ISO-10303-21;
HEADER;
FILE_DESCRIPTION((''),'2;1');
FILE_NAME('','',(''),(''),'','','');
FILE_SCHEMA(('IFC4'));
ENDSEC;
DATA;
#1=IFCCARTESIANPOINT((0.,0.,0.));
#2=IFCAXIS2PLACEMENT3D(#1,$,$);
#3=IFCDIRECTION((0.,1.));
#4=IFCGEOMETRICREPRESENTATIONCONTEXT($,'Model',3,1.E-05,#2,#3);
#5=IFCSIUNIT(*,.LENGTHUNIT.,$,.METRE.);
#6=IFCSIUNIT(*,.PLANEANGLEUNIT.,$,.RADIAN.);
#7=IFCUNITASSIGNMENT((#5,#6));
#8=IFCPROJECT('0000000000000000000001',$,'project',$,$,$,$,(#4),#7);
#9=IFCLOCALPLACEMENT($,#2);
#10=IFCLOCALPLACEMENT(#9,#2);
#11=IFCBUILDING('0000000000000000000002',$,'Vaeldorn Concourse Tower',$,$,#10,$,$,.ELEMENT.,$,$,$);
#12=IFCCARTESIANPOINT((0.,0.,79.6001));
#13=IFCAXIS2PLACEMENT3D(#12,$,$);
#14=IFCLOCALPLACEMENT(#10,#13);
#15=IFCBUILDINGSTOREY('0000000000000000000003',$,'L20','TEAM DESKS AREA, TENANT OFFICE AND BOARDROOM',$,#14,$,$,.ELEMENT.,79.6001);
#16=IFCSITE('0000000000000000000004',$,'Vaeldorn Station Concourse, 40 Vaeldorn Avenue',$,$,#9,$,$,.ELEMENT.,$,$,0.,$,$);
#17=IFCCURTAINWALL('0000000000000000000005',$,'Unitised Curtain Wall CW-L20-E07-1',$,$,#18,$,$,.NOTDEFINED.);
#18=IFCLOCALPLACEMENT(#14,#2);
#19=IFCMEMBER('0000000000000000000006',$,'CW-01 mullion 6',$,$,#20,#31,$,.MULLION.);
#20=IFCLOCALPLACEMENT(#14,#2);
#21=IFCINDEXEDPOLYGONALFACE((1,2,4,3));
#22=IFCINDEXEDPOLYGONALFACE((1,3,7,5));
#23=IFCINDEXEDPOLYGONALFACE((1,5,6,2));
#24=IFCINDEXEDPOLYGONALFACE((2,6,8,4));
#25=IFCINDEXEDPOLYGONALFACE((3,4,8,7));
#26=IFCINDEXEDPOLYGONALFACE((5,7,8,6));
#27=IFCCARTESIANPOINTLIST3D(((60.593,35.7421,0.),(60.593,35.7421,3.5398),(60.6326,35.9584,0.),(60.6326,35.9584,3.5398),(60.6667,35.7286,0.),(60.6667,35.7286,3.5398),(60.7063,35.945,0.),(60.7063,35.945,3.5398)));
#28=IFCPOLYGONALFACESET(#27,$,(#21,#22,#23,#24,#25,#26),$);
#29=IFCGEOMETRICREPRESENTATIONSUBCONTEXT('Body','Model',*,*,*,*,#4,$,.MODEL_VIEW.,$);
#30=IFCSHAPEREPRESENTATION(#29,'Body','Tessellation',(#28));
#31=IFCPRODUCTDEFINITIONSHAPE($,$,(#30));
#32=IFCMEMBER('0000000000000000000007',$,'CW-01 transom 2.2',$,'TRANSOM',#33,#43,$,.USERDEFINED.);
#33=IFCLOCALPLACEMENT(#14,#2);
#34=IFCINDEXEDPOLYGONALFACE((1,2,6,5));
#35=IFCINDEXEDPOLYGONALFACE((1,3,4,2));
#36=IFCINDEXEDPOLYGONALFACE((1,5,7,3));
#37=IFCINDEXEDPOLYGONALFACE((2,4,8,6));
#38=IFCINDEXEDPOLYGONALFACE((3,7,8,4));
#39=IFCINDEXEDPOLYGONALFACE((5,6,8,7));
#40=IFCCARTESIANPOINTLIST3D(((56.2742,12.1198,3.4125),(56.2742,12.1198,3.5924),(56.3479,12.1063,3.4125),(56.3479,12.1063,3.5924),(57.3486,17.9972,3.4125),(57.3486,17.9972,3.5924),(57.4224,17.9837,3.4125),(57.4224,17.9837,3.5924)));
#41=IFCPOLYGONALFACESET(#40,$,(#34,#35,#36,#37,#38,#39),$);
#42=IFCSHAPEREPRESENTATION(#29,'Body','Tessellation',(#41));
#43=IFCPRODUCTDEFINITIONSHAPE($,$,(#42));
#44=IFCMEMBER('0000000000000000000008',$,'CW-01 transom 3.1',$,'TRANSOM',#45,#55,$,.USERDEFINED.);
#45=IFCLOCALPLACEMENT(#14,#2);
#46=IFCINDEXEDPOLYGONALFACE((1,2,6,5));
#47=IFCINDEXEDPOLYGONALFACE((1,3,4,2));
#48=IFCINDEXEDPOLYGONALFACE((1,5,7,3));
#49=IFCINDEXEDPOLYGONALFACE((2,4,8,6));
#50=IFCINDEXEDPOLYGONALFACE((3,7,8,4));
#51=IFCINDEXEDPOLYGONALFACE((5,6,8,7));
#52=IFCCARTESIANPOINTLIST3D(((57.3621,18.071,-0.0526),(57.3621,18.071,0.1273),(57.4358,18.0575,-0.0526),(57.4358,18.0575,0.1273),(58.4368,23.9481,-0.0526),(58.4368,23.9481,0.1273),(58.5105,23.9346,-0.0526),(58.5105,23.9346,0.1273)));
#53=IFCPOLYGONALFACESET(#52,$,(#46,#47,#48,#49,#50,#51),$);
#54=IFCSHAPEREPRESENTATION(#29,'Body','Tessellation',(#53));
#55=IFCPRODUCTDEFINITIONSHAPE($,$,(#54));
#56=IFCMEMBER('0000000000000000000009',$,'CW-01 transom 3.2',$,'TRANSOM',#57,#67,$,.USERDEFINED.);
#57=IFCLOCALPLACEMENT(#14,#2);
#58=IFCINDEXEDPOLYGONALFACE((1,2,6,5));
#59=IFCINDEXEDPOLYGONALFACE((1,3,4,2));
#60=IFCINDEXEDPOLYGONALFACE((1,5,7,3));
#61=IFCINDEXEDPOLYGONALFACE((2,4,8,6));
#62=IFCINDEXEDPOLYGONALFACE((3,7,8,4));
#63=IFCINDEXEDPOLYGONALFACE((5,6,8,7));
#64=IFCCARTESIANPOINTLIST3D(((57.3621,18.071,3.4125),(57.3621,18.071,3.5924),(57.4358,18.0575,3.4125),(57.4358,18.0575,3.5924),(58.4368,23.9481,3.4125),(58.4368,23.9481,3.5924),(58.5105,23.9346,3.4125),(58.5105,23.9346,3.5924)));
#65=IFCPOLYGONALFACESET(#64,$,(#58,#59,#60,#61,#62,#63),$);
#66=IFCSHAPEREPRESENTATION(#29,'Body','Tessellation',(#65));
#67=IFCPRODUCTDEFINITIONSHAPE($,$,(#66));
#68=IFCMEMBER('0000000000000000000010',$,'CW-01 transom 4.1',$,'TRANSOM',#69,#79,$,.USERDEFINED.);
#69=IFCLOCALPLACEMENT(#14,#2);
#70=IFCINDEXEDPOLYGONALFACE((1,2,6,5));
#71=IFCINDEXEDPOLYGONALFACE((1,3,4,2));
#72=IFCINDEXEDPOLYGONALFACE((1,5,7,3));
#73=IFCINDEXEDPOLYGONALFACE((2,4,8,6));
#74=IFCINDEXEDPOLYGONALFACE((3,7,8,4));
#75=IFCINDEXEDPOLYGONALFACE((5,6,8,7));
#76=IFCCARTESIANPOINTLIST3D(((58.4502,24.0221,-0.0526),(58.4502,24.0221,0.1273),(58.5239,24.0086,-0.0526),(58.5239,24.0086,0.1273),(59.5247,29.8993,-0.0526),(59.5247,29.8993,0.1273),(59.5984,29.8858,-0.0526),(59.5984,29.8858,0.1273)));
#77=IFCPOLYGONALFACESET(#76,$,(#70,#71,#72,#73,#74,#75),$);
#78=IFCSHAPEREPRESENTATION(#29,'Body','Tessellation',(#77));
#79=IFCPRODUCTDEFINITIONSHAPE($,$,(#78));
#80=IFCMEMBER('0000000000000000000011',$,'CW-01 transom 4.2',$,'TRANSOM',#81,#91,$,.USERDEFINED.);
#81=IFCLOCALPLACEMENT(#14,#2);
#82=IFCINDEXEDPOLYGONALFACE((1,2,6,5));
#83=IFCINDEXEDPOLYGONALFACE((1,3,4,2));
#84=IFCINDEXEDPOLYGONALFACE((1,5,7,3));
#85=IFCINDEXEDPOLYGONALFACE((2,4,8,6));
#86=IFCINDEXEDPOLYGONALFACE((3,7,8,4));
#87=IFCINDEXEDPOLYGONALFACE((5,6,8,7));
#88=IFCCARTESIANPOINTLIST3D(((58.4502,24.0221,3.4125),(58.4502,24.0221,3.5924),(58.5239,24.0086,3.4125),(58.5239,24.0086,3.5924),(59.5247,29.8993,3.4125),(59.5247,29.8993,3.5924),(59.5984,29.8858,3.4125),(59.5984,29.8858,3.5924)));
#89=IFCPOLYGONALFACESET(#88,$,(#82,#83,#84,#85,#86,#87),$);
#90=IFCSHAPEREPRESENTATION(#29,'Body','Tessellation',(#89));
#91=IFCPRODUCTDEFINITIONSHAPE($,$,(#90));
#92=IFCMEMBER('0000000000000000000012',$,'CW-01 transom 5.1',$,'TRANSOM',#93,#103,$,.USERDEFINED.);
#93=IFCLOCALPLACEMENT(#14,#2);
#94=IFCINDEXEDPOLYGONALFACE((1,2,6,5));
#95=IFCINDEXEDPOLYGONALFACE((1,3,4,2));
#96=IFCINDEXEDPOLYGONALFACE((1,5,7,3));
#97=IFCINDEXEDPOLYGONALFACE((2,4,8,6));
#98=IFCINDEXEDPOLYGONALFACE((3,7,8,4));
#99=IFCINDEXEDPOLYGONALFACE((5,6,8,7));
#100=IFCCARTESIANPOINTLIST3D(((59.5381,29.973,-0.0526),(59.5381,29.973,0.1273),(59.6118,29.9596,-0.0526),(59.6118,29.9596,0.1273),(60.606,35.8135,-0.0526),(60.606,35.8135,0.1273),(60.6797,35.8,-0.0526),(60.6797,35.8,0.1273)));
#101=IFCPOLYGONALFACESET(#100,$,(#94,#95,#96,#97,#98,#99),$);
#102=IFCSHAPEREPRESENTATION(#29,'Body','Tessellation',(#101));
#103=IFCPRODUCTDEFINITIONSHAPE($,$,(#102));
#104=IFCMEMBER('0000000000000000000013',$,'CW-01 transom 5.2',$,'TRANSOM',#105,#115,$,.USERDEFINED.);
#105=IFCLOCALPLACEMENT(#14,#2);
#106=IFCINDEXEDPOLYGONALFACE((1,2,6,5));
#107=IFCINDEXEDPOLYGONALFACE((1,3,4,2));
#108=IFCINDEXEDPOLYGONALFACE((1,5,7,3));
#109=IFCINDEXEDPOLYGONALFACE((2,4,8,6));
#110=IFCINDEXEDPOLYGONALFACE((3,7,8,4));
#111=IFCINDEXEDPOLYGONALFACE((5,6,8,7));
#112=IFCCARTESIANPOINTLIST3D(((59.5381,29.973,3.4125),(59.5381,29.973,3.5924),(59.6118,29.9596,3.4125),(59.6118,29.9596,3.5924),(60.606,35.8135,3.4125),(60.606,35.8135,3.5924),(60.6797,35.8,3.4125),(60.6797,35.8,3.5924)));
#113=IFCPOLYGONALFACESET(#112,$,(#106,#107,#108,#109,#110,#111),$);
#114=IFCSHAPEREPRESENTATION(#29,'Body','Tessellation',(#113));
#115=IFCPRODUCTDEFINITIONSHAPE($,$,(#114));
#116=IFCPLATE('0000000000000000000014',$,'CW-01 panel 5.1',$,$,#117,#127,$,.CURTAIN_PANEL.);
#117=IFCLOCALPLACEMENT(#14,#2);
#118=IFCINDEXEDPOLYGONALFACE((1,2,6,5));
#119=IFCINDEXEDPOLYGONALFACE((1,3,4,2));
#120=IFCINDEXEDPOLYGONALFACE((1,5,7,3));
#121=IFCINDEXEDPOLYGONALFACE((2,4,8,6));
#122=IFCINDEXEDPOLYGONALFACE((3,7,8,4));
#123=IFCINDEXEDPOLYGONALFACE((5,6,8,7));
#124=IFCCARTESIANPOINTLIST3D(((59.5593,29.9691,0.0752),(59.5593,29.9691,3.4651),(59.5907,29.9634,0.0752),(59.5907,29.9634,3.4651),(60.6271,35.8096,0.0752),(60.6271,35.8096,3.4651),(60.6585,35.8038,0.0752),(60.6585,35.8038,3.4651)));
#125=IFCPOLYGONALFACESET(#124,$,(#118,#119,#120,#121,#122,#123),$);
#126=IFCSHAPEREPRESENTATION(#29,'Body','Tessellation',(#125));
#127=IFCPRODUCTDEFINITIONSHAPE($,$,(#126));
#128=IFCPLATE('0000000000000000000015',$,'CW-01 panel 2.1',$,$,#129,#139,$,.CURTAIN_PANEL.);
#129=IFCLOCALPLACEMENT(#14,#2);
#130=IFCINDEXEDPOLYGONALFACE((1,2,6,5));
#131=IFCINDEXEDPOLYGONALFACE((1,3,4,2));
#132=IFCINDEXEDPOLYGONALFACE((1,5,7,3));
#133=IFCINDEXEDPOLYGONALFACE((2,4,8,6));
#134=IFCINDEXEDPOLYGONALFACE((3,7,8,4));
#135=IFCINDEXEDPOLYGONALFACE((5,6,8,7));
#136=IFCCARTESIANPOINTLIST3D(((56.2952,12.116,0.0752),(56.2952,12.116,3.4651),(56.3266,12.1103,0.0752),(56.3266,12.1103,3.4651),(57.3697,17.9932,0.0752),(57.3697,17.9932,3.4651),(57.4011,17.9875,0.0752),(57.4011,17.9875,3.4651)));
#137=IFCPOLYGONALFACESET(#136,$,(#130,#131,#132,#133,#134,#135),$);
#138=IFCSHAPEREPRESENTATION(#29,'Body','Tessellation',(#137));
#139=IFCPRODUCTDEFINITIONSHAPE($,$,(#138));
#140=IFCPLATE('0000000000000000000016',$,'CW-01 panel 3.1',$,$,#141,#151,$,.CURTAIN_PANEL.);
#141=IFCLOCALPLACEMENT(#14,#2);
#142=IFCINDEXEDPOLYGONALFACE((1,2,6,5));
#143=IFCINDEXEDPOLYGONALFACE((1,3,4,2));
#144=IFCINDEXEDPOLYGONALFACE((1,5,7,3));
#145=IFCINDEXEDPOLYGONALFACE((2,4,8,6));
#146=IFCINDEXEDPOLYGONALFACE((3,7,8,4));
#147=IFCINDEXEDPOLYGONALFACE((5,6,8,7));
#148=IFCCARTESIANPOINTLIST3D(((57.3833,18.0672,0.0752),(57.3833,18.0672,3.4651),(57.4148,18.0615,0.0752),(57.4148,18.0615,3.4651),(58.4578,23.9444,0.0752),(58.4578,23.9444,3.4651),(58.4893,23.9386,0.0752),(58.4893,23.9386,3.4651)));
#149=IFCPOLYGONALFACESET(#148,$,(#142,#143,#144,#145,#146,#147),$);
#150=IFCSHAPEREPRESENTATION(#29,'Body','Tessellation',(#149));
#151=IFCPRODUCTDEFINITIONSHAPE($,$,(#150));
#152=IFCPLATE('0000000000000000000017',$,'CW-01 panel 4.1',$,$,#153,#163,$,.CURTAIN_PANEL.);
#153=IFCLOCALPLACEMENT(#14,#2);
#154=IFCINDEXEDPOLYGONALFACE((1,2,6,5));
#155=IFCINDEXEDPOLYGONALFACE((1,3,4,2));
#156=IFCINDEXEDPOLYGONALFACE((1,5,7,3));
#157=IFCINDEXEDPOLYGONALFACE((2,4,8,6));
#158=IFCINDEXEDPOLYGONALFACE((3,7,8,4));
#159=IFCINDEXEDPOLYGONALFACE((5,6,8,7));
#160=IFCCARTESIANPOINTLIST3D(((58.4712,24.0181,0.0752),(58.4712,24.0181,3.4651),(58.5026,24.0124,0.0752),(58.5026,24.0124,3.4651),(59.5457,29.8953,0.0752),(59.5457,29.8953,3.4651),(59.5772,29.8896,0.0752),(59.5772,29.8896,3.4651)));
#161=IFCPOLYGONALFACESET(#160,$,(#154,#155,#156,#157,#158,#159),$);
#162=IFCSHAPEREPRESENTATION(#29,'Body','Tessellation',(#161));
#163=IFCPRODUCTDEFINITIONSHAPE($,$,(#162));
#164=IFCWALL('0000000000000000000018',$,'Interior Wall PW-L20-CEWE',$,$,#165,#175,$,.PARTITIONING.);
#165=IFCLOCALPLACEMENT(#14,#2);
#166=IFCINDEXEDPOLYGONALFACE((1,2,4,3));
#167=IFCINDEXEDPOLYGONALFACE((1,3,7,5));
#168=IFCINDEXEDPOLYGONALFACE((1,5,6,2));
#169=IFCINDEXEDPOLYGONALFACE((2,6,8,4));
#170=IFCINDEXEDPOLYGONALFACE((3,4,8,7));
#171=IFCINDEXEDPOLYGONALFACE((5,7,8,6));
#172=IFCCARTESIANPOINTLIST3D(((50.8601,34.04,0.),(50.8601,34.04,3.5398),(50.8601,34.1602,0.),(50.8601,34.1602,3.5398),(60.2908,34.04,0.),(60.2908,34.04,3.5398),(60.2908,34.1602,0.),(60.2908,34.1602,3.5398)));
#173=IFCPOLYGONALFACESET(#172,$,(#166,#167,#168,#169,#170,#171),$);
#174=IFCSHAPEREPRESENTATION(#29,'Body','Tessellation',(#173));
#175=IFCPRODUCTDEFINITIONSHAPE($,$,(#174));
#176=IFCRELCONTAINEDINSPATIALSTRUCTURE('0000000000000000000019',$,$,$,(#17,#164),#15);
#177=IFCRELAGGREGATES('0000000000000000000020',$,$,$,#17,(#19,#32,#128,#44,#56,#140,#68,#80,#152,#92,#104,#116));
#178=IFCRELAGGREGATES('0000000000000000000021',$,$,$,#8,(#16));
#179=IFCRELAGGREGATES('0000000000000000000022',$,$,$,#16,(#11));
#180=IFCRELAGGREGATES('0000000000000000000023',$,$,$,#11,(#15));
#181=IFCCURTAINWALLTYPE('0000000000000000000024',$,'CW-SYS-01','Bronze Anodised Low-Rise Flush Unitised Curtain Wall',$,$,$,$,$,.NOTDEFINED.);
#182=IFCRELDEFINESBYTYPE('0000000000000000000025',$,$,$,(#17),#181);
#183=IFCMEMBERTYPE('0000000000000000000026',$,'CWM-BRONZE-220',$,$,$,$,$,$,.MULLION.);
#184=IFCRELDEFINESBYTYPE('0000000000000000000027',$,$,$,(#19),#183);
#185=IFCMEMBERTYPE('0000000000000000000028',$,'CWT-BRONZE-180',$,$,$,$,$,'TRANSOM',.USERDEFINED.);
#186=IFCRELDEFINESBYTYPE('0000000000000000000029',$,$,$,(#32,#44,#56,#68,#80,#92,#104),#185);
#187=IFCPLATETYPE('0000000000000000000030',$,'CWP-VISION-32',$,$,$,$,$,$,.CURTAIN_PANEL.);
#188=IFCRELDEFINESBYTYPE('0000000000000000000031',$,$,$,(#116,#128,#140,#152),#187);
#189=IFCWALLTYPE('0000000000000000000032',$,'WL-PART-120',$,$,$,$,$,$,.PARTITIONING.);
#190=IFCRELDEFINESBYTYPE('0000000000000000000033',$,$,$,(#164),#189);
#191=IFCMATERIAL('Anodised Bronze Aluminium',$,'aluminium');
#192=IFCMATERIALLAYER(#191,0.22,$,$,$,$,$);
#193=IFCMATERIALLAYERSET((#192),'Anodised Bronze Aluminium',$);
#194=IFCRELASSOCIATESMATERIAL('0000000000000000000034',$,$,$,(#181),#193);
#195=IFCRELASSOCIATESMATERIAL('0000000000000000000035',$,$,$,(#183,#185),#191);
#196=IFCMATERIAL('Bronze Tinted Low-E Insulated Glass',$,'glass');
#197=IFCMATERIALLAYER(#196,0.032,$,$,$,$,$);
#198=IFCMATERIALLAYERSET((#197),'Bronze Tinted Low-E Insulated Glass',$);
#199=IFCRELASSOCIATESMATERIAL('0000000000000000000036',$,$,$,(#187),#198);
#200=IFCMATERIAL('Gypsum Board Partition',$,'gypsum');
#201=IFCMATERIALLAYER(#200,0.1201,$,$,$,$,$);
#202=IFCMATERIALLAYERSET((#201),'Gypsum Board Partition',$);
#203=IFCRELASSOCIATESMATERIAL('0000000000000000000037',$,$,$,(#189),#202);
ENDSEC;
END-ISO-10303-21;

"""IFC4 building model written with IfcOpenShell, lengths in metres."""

from ifc_helpers import new_model, si_unit, direction, frame, frame_2d, origin, origin_2d, place, context, subcontext, project, spatial, rectangle, extrude, source, transform, mapped, material, layer, layer_set, material_profile, profile_set, type_object, element, aggregate, save


model = new_model("IFC4")

# Units and contexts
model_context = context("Model", 3, precision=1e-05, world=origin(), true_north=direction((0.0, 1.0)))
body_context = subcontext(model_context, "Body", "Model", "MODEL_VIEW")
ifc_project = project(units=[si_unit("LENGTHUNIT", "METRE"), si_unit("PLANEANGLEUNIT", "RADIAN")], contexts=[model_context])

# Site, building, storey
site_placement = place(None, origin())
site = spatial("IfcSite", under=ifc_project, at=site_placement, Name="Vaeldorn Station Concourse, 40 Vaeldorn Avenue", CompositionType="ELEMENT", RefElevation=0.0)
building_placement = place(site_placement, origin())
building = spatial("IfcBuilding", under=site, at=building_placement, Name="Vaeldorn Concourse Tower", CompositionType="ELEMENT")
storey_placement = place(building_placement, frame((0.0, 0.0, 79.6001)))
storey = spatial("IfcBuildingStorey", under=building, at=storey_placement, Name="L20", Description="TEAM DESKS AREA, TENANT OFFICE AND BOARDROOM", CompositionType="ELEMENT", Elevation=79.6001)

# Curtain wall, members, plates
ifc_material_1 = material(Name="Anodised Bronze Aluminium", Category="aluminium")
ifc_layer_1 = layer(ifc_material_1, 0.22)
ifc_layer_set_1 = layer_set([ifc_layer_1], Name="Anodised Bronze Aluminium")
curtain_wall_type = type_object("IfcCurtainWallType", Name="CW-SYS-01", Description="Bronze Anodised Low-Rise Flush Unitised Curtain Wall", PredefinedType="NOTDEFINED", material=ifc_layer_set_1)
curtain_wall_placement = place(storey_placement, origin())
curtain_wall = element("IfcCurtainWall", 1, at=curtain_wall_placement, inside=storey, type_object=curtain_wall_type, Name="Unitised Curtain Wall CW-L20-E07-1", PredefinedType="NOTDEFINED")
ifc_material_profile_1 = material_profile(ifc_material_1, rectangle(XDim=0.075, YDim=0.22, at=origin_2d()), Name="CWM 75x220")
ifc_profile_set_1 = profile_set([ifc_material_profile_1], Name="Anodised Bronze Aluminium")
member_type_1 = type_object("IfcMemberType", Name="CWM-BRONZE-220", PredefinedType="MULLION", material=ifc_profile_set_1)
shared_shape_1 = source(origin(), body_context, "Body", "SweptSolid", [
    extrude(rectangle(XDim=0.075, YDim=0.22, at=origin_2d()), origin(), (0.0, 0.0, 1.0), 3.5398),
])
member_1_placement = place(storey_placement, frame((60.6497, 35.8435, 0.0), z_axis=(0.0, 0.0, 1.0), x_axis=(-0.983695, 0.179847, 0.0)))
member_1 = element("IfcMember", 2, at=member_1_placement, type_object=member_type_1, Name="CW-01 mullion 6", PredefinedType="MULLION", context=body_context, shape_type="MappedRepresentation", body=[
    mapped(shared_shape_1, transform((0.0, 0.0, 0.0), scale=1.0)),
])
ifc_material_profile_2 = material_profile(ifc_material_1, rectangle(XDim=0.075, YDim=0.1799, at=origin_2d()), Name="CWT 75x180")
ifc_profile_set_2 = profile_set([ifc_material_profile_2], Name="Anodised Bronze Aluminium")
member_type_2 = type_object("IfcMemberType", Name="CWT-BRONZE-180", ElementType="TRANSOM", PredefinedType="USERDEFINED", material=ifc_profile_set_2)
shared_shape_2 = source(origin(), body_context, "Body", "SweptSolid", [
    extrude(rectangle(XDim=0.075, YDim=0.1799, at=origin_2d()), origin(), (0.0, 0.0, 1.0), 5.9749),
])
member_2_placement = place(storey_placement, frame((56.311, 12.113, 3.5024), z_axis=(0.179831, 0.983698, 0.0), x_axis=(-0.983698, 0.179831, 0.0)))
member_2 = element("IfcMember", 3, at=member_2_placement, type_object=member_type_2, Name="CW-01 transom 2.2", ObjectType="TRANSOM", PredefinedType="USERDEFINED", context=body_context, shape_type="MappedRepresentation", body=[
    mapped(shared_shape_2, transform((0.0, 0.0, 0.0), scale=1.0)),
])
shared_shape_3 = source(origin(), body_context, "Body", "SweptSolid", [
    extrude(rectangle(XDim=0.075, YDim=0.1799, at=origin_2d()), origin(), (0.0, 0.0, 1.0), 5.9746),
])
member_3_placement = place(storey_placement, frame((57.3989, 18.0642, 0.0374), z_axis=(0.179878, 0.983689, 0.0), x_axis=(-0.983689, 0.179878, 0.0)))
member_3 = element("IfcMember", 4, at=member_3_placement, type_object=member_type_2, Name="CW-01 transom 3.1", ObjectType="TRANSOM", PredefinedType="USERDEFINED", context=body_context, shape_type="MappedRepresentation", body=[
    mapped(shared_shape_3, transform((0.0, 0.0, 0.0), scale=1.0)),
])
member_4_placement = place(storey_placement, frame((57.3989, 18.0642, 3.5024), z_axis=(0.179878, 0.983689, 0.0), x_axis=(-0.983689, 0.179878, 0.0)))
member_4 = element("IfcMember", 5, at=member_4_placement, type_object=member_type_2, Name="CW-01 transom 3.2", ObjectType="TRANSOM", PredefinedType="USERDEFINED", context=body_context, shape_type="MappedRepresentation", body=[
    mapped(shared_shape_3, transform((0.0, 0.0, 0.0), scale=1.0)),
])
member_5_placement = place(storey_placement, frame((58.4871, 24.0154, 0.0374), z_axis=(0.179838, 0.983696, 0.0), x_axis=(-0.983696, 0.179838, 0.0)))
member_5 = element("IfcMember", 6, at=member_5_placement, type_object=member_type_2, Name="CW-01 transom 4.1", ObjectType="TRANSOM", PredefinedType="USERDEFINED", context=body_context, shape_type="MappedRepresentation", body=[
    mapped(shared_shape_3, transform((0.0, 0.0, 0.0), scale=1.0)),
])
member_6_placement = place(storey_placement, frame((58.4871, 24.0154, 3.5024), z_axis=(0.179838, 0.983696, 0.0), x_axis=(-0.983696, 0.179838, 0.0)))
member_6 = element("IfcMember", 7, at=member_6_placement, type_object=member_type_2, Name="CW-01 transom 4.2", ObjectType="TRANSOM", PredefinedType="USERDEFINED", context=body_context, shape_type="MappedRepresentation", body=[
    mapped(shared_shape_3, transform((0.0, 0.0, 0.0), scale=1.0)),
])
shared_shape_4 = source(origin(), body_context, "Body", "SweptSolid", [
    extrude(rectangle(XDim=0.075, YDim=0.1799, at=origin_2d()), origin(), (0.0, 0.0, 1.0), 5.9373),
])
member_7_placement = place(storey_placement, frame((59.575, 29.9663, 0.0374), z_axis=(0.179862, 0.983692, 0.0), x_axis=(-0.983692, 0.179862, 0.0)))
member_7 = element("IfcMember", 8, at=member_7_placement, type_object=member_type_2, Name="CW-01 transom 5.1", ObjectType="TRANSOM", PredefinedType="USERDEFINED", context=body_context, shape_type="MappedRepresentation", body=[
    mapped(shared_shape_4, transform((0.0, 0.0, 0.0), scale=1.0)),
])
member_8_placement = place(storey_placement, frame((59.575, 29.9663, 3.5024), z_axis=(0.179862, 0.983692, 0.0), x_axis=(-0.983692, 0.179862, 0.0)))
member_8 = element("IfcMember", 9, at=member_8_placement, type_object=member_type_2, Name="CW-01 transom 5.2", ObjectType="TRANSOM", PredefinedType="USERDEFINED", context=body_context, shape_type="MappedRepresentation", body=[
    mapped(shared_shape_4, transform((0.0, 0.0, 0.0), scale=1.0)),
])
ifc_material_2 = material(Name="Bronze Tinted Low-E Insulated Glass", Category="glass")
ifc_layer_2 = layer(ifc_material_2, 0.032)
ifc_layer_set_2 = layer_set([ifc_layer_2], Name="Bronze Tinted Low-E Insulated Glass")
plate_type = type_object("IfcPlateType", Name="CWP-VISION-32", PredefinedType="CURTAIN_PANEL", material=ifc_layer_set_2)
shared_shape_5 = source(origin(), body_context, "Body", "SweptSolid", [
    extrude(rectangle(XDim=5.9373, YDim=0.032, at=origin_2d()), origin(), (0.0, 0.0, 1.0), 3.3899),
])
plate_1_placement = place(storey_placement, frame((60.1089, 32.8865, 0.0752), z_axis=(0.0, 0.0, 1.0), x_axis=(0.179847, 0.983695, 0.0)))
plate_1 = element("IfcPlate", 10, at=plate_1_placement, type_object=plate_type, Name="CW-01 panel 5.1", PredefinedType="CURTAIN_PANEL", context=body_context, shape_type="MappedRepresentation", body=[
    mapped(shared_shape_5, transform((0.0, 0.0, 0.0), scale=1.0)),
])
shared_shape_6 = source(origin(), body_context, "Body", "SweptSolid", [
    extrude(rectangle(XDim=5.9746, YDim=0.032, at=origin_2d()), origin(), (0.0, 0.0, 1.0), 3.3899),
])
plate_2_placement = place(storey_placement, frame((56.8481, 15.0518, 0.0752), z_axis=(0.0, 0.0, 1.0), x_axis=(0.179847, 0.983695, 0.0)))
plate_2 = element("IfcPlate", 11, at=plate_2_placement, type_object=plate_type, Name="CW-01 panel 2.1", PredefinedType="CURTAIN_PANEL", context=body_context, shape_type="MappedRepresentation", body=[
    mapped(shared_shape_6, transform((0.0, 0.0, 0.0), scale=1.0)),
])
plate_3_placement = place(storey_placement, frame((57.9363, 21.0029, 0.0752), z_axis=(0.0, 0.0, 1.0), x_axis=(0.179847, 0.983695, 0.0)))
plate_3 = element("IfcPlate", 12, at=plate_3_placement, type_object=plate_type, Name="CW-01 panel 3.1", PredefinedType="CURTAIN_PANEL", context=body_context, shape_type="MappedRepresentation", body=[
    mapped(shared_shape_6, transform((0.0, 0.0, 0.0), scale=1.0)),
])
plate_4_placement = place(storey_placement, frame((59.0242, 26.9539, 0.0752), z_axis=(0.0, 0.0, 1.0), x_axis=(0.179847, 0.983695, 0.0)))
plate_4 = element("IfcPlate", 13, at=plate_4_placement, type_object=plate_type, Name="CW-01 panel 4.1", PredefinedType="CURTAIN_PANEL", context=body_context, shape_type="MappedRepresentation", body=[
    mapped(shared_shape_6, transform((0.0, 0.0, 0.0), scale=1.0)),
])
aggregate(curtain_wall, [member_1, member_2, plate_2, member_3, member_4, plate_3, member_5, member_6, plate_4, member_7, member_8, plate_1])

# Wall
ifc_material_3 = material(Name="Gypsum Board Partition", Category="gypsum")
ifc_layer_3 = layer(ifc_material_3, 0.1201)
ifc_layer_set_3 = layer_set([ifc_layer_3], Name="Gypsum Board Partition")
wall_type = type_object("IfcWallType", Name="WL-PART-120", PredefinedType="PARTITIONING", material=ifc_layer_set_3)
wall_1_placement = place(storey_placement, frame((50.8601, 34.1001, 0.0), z_axis=(0.0, 0.0, 1.0), x_axis=(1.0, 0.0, 0.0)))
element("IfcWall", 14, at=wall_1_placement, inside=storey, type_object=wall_type, Name="Interior Wall PW-L20-CEWE", PredefinedType="PARTITIONING", context=body_context, shape_type="SweptSolid", body=[
    extrude(rectangle(XDim=9.4307, YDim=0.1201, at=frame_2d((4.7153, 0.0))), origin(), (0.0, 0.0, 1.0), 3.5398),
])

save(model, "model.ifc")
